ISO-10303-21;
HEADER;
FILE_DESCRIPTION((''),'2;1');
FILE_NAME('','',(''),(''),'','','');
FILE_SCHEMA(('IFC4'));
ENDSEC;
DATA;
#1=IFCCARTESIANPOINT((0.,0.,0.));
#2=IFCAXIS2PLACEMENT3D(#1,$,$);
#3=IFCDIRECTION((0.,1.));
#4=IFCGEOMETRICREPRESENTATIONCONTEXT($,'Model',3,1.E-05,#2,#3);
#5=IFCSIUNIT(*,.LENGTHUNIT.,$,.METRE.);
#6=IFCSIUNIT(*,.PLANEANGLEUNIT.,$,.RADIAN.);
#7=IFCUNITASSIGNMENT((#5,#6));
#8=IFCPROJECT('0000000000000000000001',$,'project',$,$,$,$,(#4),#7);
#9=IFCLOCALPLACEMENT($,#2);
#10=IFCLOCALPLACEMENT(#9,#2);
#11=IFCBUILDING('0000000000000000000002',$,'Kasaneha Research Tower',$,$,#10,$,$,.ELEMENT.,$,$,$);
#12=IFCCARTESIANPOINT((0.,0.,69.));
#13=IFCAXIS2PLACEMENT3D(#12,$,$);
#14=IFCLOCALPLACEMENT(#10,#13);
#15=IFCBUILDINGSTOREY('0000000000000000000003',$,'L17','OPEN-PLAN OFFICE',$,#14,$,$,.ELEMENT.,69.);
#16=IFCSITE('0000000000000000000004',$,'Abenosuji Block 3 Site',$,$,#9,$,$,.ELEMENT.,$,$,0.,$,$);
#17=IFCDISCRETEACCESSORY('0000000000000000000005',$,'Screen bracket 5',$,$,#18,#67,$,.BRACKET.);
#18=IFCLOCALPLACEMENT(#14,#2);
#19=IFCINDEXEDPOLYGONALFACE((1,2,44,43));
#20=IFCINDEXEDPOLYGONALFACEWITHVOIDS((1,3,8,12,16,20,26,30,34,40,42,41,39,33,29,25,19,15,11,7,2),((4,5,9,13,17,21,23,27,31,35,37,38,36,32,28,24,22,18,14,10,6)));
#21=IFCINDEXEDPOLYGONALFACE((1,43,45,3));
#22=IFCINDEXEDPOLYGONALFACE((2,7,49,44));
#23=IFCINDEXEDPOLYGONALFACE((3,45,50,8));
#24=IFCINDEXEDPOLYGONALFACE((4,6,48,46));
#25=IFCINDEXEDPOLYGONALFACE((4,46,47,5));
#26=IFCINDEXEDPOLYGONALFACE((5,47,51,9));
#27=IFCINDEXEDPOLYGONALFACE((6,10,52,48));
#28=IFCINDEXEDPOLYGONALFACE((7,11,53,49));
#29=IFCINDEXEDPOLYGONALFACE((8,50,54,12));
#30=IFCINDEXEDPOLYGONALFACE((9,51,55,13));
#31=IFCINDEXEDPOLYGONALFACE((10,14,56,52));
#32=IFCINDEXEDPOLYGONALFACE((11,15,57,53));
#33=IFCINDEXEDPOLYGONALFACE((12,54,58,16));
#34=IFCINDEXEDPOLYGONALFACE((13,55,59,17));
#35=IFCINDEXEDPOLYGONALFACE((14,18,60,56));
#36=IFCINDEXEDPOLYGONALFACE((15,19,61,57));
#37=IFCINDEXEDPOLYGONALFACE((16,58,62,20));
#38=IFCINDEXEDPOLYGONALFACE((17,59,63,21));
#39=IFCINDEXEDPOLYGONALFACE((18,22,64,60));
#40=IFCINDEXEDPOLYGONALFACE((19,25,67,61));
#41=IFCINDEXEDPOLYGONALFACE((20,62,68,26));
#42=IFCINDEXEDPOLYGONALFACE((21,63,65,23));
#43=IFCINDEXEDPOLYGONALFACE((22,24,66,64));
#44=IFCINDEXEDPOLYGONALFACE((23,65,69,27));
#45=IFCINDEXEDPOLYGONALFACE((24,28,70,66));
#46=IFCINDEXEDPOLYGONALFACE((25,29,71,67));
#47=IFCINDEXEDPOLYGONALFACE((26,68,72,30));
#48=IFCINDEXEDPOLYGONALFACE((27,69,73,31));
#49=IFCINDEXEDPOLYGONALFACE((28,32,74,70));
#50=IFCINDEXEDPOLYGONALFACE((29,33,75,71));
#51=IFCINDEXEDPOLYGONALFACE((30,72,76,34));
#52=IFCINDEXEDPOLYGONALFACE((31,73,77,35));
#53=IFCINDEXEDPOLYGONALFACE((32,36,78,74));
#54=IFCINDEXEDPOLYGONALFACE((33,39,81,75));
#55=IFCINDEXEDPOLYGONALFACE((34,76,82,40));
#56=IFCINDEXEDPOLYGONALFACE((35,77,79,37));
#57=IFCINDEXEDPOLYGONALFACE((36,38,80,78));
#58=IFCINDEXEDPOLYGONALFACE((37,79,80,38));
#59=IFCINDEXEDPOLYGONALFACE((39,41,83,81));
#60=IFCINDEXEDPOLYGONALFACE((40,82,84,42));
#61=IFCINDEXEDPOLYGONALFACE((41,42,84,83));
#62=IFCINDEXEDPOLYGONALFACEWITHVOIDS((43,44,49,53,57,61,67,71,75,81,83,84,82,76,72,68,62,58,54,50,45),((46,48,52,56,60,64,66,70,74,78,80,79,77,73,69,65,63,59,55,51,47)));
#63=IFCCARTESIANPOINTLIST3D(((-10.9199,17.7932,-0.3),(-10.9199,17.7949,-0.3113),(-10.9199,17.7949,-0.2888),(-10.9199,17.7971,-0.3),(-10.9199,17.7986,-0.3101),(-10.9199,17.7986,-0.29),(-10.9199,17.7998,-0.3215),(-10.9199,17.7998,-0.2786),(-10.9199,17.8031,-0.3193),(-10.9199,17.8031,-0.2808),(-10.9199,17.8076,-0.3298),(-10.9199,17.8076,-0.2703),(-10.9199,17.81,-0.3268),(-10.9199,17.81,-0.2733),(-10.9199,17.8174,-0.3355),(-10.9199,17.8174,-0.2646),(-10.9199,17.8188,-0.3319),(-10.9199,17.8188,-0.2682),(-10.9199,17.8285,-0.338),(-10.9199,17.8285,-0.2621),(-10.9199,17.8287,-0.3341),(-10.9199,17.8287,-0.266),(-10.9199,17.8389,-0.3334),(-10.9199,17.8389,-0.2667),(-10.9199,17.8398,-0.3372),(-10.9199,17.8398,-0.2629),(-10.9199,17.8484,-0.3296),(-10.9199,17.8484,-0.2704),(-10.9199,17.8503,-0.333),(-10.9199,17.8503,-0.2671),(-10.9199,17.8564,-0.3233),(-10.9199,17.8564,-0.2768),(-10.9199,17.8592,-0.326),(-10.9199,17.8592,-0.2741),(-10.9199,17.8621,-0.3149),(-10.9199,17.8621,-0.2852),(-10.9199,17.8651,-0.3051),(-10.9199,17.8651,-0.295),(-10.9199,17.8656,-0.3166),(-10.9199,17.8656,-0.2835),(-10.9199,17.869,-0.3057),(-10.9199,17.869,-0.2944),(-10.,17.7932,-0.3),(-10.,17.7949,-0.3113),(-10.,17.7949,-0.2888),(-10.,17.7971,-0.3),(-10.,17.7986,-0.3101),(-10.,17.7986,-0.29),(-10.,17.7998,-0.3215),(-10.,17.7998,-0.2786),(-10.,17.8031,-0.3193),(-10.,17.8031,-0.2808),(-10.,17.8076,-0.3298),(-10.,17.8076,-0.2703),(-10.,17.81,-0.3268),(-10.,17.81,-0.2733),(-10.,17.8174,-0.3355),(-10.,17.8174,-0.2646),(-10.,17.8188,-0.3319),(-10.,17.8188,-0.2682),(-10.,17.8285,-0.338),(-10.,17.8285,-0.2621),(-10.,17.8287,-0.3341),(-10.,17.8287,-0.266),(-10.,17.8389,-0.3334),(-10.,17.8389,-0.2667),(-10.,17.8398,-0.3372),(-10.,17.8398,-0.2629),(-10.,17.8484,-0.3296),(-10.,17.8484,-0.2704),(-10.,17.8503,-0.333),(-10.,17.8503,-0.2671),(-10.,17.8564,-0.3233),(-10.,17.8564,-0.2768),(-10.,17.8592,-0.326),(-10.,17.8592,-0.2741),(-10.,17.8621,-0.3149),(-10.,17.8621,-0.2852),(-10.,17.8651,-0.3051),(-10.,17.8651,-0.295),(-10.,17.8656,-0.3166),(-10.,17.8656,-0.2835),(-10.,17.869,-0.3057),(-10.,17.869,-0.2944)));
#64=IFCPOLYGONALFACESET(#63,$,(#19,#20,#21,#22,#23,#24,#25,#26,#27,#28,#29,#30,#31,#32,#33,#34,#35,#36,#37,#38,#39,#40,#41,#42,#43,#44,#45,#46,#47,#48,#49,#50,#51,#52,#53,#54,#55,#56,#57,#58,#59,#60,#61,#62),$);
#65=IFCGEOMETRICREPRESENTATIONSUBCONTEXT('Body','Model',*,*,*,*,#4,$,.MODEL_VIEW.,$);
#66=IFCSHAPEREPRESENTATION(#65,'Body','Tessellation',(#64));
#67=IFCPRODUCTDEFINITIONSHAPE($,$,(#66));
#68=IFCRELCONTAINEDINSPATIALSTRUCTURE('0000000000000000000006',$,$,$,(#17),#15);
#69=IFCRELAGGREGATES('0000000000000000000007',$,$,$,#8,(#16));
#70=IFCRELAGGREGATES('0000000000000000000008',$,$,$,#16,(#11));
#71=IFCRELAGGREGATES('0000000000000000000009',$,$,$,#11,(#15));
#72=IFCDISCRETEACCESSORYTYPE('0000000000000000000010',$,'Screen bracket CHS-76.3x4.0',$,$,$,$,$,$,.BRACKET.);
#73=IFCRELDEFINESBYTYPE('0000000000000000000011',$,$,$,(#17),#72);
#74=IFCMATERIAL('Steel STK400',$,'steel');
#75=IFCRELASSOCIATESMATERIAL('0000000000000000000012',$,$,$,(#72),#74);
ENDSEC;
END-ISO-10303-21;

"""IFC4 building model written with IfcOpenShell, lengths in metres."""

from ifc_helpers import new_model, si_unit, direction, frame, origin, origin_2d, place, context, subcontext, project, spatial, hollow_circle, extrude, material, material_profile, profile_set, type_object, element, save


model = new_model("IFC4")

# Units and contexts
model_context = context("Model", 3, precision=1e-05, world=origin(), true_north=direction((0.0, 1.0)))
body_context = subcontext(model_context, "Body", "Model", "MODEL_VIEW")
ifc_project = project(units=[si_unit("LENGTHUNIT", "METRE"), si_unit("PLANEANGLEUNIT", "RADIAN")], contexts=[model_context])

# Site, building, storey
site_placement = place(None, origin())
site = spatial("IfcSite", under=ifc_project, at=site_placement, Name="Abenosuji Block 3 Site", CompositionType="ELEMENT", RefElevation=0.0)
building_placement = place(site_placement, origin())
building = spatial("IfcBuilding", under=site, at=building_placement, Name="Kasaneha Research Tower", CompositionType="ELEMENT")
storey_placement = place(building_placement, frame((0.0, 0.0, 69.0)))
storey = spatial("IfcBuildingStorey", under=building, at=storey_placement, Name="L17", Description="OPEN-PLAN OFFICE", CompositionType="ELEMENT", Elevation=69.0)

# Discrete accessory
ifc_material_1 = material(Name="Steel STK400", Category="steel")
ifc_material_profile_1 = material_profile(ifc_material_1, hollow_circle(Radius=0.0381, WallThickness=0.0039, at=origin_2d()), Name="CHS-76.3x4.0")
ifc_profile_set_1 = profile_set([ifc_material_profile_1], Name="Steel STK400")
discrete_accessory_type = type_object("IfcDiscreteAccessoryType", Name="Screen bracket CHS-76.3x4.0", PredefinedType="BRACKET", material=ifc_profile_set_1)
for number, where, z_axis, x_axis, name in (
    (1, (-10.0, 17.8313, -0.3), (-1.0, 0.0, 0.0), (0.0, -1.0, 0.0), "Screen bracket 5"),
):
    element("IfcDiscreteAccessory", number, at=place(storey_placement, frame(where, z_axis=z_axis, x_axis=x_axis)), inside=storey, type_object=discrete_accessory_type, Name=name, PredefinedType="BRACKET", context=body_context, shape_type="SweptSolid", body=[
        extrude(hollow_circle(Radius=0.0381, WallThickness=0.0039, at=origin_2d()), origin(), (0.0, 0.0, 1.0), 0.9199),
    ])

save(model, "model.ifc")
